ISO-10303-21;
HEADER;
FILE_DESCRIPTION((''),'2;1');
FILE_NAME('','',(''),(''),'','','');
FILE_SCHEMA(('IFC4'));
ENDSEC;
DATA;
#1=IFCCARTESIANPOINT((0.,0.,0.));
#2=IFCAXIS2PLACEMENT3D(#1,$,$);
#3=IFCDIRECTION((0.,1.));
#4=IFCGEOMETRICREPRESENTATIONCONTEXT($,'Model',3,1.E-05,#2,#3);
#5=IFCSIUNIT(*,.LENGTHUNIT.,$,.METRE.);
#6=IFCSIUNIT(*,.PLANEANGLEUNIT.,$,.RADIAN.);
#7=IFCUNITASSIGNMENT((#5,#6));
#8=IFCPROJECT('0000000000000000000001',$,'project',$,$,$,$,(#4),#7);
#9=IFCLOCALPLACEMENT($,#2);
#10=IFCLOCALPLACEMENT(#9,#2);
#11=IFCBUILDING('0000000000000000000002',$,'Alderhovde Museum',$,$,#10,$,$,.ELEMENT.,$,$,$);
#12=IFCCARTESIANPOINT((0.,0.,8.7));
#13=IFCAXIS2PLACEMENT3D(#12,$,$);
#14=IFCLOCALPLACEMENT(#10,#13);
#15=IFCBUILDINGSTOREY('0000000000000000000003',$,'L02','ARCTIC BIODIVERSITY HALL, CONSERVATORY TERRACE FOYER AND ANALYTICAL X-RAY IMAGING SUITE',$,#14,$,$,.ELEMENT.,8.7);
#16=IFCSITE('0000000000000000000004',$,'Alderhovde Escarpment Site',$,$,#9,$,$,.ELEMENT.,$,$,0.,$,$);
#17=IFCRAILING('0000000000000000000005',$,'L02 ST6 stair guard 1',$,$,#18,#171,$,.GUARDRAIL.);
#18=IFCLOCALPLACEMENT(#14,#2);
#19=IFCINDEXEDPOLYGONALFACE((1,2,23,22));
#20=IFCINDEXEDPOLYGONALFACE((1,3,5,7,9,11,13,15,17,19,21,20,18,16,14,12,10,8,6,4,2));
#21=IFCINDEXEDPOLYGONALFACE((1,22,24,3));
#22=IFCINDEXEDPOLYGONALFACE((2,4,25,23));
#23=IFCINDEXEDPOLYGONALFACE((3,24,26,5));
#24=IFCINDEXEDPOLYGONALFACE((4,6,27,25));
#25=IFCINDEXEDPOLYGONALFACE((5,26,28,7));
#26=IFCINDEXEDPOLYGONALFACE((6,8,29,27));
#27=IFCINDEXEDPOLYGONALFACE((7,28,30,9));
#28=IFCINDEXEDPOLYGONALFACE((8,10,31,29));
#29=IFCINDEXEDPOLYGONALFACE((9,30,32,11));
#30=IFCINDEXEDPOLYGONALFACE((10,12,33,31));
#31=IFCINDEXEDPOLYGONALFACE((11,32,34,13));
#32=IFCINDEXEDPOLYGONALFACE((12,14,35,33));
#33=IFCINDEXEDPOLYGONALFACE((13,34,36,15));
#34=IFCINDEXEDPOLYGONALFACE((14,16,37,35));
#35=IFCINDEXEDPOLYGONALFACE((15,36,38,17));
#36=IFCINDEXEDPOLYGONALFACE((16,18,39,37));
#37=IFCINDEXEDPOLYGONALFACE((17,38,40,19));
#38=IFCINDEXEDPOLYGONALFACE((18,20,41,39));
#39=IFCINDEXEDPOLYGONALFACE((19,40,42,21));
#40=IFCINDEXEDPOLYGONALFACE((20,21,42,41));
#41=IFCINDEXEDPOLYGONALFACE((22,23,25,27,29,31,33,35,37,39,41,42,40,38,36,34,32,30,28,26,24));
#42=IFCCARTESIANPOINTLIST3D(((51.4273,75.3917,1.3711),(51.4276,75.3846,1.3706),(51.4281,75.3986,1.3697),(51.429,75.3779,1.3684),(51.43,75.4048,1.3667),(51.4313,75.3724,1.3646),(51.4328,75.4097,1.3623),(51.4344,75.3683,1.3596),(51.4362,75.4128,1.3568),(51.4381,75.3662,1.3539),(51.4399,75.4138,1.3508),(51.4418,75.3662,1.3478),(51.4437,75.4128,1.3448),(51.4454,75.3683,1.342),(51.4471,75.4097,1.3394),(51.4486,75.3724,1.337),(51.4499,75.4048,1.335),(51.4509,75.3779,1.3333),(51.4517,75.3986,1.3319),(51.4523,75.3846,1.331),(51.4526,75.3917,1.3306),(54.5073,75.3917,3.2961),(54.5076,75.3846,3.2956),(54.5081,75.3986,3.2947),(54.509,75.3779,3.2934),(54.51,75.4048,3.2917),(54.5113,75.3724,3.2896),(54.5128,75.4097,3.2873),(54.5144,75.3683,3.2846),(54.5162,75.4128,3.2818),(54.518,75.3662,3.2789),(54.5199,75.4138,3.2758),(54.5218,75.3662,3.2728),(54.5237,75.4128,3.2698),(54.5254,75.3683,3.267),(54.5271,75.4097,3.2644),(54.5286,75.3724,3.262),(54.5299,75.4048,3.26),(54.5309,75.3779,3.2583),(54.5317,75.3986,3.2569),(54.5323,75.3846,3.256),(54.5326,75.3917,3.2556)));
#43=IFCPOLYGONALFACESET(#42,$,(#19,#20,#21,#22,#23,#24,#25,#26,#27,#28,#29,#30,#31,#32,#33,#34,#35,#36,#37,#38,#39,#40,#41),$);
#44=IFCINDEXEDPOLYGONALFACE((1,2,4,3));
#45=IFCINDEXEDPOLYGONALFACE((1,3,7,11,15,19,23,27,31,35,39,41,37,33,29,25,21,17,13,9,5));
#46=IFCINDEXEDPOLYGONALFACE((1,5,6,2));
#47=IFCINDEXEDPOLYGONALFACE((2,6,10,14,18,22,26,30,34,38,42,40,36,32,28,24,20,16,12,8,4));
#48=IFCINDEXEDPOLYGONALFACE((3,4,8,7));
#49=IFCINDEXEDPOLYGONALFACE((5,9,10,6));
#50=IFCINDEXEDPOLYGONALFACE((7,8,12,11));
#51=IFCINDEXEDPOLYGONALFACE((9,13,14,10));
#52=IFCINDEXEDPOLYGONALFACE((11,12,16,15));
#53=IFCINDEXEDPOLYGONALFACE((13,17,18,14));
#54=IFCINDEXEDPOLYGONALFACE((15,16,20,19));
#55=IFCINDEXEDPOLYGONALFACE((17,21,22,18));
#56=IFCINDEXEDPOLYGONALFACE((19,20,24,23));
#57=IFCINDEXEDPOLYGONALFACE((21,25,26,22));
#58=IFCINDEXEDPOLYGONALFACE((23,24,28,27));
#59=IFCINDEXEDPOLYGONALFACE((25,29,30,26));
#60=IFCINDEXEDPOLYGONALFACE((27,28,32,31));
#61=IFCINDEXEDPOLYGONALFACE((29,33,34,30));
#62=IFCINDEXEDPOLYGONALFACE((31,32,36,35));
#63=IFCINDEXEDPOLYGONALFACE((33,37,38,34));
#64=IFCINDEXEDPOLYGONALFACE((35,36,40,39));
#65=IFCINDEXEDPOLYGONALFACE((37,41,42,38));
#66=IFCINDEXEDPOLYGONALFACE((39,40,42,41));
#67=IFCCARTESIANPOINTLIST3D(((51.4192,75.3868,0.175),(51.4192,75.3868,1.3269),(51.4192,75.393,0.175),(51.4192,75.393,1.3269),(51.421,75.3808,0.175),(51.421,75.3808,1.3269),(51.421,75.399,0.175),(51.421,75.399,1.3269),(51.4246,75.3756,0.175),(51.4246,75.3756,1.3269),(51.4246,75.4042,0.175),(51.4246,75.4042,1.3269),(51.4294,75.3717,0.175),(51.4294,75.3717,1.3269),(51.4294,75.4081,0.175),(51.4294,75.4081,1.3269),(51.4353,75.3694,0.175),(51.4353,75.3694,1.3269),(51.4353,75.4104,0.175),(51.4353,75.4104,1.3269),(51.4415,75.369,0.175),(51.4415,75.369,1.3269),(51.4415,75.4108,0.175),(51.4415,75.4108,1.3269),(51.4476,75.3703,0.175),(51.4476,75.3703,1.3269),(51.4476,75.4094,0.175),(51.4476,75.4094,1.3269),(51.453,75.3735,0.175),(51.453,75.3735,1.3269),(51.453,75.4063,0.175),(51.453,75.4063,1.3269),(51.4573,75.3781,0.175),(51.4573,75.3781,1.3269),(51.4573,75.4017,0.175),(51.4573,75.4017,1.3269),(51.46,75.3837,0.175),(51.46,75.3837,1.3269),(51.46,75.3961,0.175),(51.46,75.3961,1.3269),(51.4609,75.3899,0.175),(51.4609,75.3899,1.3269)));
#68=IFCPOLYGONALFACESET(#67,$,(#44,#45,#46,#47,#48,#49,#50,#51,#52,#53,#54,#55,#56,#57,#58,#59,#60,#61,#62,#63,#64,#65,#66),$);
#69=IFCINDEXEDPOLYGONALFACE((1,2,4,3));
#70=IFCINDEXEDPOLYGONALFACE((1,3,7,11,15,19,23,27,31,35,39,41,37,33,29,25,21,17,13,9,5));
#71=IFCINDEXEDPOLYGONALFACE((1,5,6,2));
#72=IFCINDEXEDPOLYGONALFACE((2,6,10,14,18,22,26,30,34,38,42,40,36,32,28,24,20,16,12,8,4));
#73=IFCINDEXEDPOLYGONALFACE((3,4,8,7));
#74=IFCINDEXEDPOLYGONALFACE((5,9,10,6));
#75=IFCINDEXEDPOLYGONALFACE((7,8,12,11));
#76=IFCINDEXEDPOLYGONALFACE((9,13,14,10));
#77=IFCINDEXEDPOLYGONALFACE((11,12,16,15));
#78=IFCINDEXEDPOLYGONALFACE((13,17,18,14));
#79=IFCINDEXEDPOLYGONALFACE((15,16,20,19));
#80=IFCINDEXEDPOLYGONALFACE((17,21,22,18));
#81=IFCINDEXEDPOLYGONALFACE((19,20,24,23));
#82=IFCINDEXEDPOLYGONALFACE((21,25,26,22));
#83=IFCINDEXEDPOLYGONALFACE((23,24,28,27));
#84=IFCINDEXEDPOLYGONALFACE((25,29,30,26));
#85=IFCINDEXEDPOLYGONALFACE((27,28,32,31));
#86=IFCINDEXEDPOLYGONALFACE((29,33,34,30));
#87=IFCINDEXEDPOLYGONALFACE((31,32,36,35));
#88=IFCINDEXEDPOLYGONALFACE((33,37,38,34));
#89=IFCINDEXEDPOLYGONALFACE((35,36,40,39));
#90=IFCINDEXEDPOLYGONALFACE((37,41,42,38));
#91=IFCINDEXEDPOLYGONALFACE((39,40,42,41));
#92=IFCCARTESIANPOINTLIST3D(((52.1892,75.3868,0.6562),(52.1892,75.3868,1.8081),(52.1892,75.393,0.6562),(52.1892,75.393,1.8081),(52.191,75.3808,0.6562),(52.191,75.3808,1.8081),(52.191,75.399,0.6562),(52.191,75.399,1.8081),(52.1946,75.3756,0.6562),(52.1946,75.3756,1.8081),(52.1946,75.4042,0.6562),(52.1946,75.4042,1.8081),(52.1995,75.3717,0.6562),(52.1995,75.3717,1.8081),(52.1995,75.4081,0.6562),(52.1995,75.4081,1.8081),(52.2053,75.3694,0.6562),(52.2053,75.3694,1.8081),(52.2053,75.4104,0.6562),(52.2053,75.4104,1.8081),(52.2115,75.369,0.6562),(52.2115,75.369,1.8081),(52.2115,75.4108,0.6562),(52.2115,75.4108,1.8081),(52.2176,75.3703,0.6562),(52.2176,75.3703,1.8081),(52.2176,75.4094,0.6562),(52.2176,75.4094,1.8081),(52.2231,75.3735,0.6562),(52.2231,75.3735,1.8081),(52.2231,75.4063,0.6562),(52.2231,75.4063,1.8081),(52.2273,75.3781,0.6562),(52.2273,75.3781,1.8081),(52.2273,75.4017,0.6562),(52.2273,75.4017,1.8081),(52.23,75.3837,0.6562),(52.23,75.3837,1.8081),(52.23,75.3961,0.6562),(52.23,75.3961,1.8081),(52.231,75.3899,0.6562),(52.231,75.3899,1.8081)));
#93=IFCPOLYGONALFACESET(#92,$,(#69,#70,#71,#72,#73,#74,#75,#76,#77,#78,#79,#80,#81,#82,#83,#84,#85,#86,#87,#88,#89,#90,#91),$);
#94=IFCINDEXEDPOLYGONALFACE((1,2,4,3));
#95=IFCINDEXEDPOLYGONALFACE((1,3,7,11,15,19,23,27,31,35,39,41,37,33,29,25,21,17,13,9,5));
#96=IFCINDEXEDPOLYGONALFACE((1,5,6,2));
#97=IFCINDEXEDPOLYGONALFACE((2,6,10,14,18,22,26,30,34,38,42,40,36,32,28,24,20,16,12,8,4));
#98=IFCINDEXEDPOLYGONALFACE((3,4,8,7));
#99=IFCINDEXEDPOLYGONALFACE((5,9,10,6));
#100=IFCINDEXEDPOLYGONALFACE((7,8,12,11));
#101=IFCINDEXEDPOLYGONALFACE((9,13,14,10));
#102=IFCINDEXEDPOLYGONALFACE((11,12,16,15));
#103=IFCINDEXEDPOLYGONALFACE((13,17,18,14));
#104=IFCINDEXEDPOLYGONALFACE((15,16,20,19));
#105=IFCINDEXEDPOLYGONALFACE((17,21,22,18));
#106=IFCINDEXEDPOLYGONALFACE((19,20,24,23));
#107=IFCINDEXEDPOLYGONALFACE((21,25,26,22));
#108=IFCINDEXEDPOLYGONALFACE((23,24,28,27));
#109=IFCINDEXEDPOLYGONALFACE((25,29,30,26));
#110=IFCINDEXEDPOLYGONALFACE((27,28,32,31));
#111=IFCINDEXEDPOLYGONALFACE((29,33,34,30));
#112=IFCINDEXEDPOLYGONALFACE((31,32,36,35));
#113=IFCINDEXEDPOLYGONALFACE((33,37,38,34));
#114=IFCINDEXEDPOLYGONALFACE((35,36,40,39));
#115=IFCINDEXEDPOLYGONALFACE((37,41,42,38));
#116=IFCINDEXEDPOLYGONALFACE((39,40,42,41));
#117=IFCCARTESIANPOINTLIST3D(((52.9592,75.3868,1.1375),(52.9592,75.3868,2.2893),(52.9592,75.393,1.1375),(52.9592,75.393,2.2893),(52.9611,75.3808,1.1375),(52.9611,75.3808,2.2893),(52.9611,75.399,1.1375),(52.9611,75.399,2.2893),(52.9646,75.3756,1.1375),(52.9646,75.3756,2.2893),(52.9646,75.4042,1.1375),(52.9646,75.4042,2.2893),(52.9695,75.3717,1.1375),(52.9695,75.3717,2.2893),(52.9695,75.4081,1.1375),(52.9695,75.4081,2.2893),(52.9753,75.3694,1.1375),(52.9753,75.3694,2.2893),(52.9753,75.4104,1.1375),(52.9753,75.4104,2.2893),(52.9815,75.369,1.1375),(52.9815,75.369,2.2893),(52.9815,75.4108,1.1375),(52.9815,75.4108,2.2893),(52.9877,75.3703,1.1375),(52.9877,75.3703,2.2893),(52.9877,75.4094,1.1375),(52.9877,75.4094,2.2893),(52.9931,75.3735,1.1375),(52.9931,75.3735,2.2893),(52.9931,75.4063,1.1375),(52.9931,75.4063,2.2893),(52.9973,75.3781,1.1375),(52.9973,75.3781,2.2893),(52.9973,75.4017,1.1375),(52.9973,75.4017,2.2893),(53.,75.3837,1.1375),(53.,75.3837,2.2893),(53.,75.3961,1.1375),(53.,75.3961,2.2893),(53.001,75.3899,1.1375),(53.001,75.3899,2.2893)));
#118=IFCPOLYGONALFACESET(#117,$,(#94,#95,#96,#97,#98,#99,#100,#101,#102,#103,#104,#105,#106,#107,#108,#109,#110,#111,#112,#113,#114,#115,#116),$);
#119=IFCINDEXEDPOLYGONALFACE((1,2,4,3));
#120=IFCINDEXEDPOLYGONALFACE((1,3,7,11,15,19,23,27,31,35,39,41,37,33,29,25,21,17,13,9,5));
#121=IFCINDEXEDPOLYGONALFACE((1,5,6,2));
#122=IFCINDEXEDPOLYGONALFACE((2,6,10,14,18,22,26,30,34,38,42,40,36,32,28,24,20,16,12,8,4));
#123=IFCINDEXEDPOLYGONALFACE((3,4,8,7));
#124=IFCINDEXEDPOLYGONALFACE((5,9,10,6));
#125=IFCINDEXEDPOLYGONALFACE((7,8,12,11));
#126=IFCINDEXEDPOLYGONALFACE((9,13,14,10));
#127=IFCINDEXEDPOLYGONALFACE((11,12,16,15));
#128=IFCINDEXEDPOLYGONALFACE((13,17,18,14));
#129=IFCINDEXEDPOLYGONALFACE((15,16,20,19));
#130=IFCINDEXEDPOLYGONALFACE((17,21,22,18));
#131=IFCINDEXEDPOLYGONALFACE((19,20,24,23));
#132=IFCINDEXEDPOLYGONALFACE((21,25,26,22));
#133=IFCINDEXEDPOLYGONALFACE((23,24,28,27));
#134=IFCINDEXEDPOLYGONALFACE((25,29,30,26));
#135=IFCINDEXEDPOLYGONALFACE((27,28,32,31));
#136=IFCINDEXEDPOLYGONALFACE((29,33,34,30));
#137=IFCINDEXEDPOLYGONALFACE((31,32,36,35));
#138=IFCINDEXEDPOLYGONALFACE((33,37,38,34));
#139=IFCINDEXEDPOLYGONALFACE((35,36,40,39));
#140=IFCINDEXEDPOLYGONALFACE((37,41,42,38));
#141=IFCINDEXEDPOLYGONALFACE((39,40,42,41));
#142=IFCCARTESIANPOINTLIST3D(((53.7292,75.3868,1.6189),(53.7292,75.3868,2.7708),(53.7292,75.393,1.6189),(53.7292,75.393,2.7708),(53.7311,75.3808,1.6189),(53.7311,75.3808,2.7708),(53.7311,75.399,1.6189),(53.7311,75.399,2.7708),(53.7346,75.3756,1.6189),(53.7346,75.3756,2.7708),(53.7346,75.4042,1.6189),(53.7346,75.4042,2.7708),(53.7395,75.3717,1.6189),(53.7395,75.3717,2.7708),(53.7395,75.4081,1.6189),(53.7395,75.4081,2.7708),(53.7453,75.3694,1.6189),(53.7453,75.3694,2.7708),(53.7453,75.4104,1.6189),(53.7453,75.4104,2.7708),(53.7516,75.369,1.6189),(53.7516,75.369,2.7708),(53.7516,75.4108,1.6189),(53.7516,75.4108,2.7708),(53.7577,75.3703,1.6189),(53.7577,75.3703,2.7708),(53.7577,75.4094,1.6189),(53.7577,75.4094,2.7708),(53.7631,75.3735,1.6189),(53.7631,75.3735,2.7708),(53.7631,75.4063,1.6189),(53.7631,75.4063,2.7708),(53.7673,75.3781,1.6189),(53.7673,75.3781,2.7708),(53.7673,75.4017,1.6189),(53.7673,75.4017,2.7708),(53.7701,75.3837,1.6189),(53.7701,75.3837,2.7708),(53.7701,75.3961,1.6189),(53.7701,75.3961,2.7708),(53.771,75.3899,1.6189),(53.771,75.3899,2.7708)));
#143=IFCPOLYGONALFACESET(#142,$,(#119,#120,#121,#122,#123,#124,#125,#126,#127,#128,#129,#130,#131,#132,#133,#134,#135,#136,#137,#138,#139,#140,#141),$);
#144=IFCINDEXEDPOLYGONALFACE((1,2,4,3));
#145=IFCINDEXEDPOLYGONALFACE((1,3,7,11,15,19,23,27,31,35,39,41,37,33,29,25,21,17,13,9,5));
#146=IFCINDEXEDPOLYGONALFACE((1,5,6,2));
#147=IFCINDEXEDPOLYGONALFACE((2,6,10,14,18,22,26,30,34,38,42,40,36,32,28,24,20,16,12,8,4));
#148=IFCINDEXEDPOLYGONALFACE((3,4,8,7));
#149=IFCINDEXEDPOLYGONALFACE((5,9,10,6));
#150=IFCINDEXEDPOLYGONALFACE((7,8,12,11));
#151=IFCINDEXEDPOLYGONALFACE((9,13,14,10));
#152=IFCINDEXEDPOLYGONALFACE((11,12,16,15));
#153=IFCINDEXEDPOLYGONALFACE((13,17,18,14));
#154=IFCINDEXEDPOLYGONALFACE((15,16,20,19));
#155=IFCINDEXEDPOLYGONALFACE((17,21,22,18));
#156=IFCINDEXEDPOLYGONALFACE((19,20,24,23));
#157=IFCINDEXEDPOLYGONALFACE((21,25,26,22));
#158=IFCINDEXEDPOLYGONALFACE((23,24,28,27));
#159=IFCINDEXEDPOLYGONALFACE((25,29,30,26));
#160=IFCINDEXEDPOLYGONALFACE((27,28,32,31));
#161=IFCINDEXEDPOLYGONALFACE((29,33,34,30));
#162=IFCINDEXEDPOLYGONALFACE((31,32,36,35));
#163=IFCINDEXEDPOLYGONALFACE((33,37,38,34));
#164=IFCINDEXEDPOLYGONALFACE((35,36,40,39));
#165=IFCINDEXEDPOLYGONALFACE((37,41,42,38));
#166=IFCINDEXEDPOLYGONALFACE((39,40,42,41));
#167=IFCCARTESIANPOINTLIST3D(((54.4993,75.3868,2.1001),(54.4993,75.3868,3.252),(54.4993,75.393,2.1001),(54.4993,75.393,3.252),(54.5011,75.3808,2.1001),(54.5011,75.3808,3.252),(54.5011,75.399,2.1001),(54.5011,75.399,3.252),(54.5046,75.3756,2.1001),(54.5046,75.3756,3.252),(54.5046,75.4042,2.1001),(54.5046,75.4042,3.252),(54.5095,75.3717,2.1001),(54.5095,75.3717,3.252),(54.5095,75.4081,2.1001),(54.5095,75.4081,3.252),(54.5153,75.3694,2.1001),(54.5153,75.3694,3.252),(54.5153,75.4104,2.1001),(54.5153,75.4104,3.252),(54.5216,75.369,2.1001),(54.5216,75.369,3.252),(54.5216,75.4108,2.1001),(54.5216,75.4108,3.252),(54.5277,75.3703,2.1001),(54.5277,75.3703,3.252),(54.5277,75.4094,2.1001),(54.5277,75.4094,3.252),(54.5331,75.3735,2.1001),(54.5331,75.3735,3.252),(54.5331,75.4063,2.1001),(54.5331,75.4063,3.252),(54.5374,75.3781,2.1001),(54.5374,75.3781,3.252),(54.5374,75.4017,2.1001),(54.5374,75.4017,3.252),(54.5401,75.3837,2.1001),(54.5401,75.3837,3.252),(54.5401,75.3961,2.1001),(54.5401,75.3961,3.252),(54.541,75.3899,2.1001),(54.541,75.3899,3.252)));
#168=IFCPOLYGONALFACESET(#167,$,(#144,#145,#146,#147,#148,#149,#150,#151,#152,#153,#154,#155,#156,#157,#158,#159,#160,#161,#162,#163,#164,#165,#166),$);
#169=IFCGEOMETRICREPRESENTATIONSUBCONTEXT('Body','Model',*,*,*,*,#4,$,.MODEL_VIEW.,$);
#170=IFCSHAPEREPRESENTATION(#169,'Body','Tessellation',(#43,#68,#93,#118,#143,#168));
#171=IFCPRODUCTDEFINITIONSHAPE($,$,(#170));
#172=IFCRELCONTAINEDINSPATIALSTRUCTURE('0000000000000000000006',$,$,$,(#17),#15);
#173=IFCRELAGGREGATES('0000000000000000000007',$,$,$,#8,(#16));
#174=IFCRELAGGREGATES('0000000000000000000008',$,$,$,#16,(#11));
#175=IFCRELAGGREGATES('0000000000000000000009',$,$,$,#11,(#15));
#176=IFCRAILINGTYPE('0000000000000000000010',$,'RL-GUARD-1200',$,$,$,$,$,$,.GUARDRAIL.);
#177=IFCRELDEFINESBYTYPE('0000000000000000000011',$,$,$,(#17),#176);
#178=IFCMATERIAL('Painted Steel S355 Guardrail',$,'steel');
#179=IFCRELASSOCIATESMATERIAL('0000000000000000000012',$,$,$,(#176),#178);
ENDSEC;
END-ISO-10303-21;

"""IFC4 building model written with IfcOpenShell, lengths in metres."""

from ifc_helpers import new_model, si_unit, direction, frame, origin, origin_2d, place, context, subcontext, project, spatial, circle, extrude, material, type_object, element, save


model = new_model("IFC4")

# Units and contexts
model_context = context("Model", 3, precision=1e-05, world=origin(), true_north=direction((0.0, 1.0)))
body_context = subcontext(model_context, "Body", "Model", "MODEL_VIEW")
ifc_project = project(units=[si_unit("LENGTHUNIT", "METRE"), si_unit("PLANEANGLEUNIT", "RADIAN")], contexts=[model_context])

# Site, building, storey
site_placement = place(None, origin())
site = spatial("IfcSite", under=ifc_project, at=site_placement, Name="Alderhovde Escarpment Site", CompositionType="ELEMENT", RefElevation=0.0)
building_placement = place(site_placement, origin())
building = spatial("IfcBuilding", under=site, at=building_placement, Name="Alderhovde Museum", CompositionType="ELEMENT")
storey_placement = place(building_placement, frame((0.0, 0.0, 8.7)))
storey = spatial("IfcBuildingStorey", under=building, at=storey_placement, Name="L02", Description="ARCTIC BIODIVERSITY HALL, CONSERVATORY TERRACE FOYER AND ANALYTICAL X-RAY IMAGING SUITE", CompositionType="ELEMENT", Elevation=8.7)

# Railing
ifc_material_1 = material(Name="Painted Steel S355 Guardrail", Category="steel")
railing_type_1 = type_object("IfcRailingType", Name="RL-GUARD-1200", PredefinedType="GUARDRAIL", material=ifc_material_1)
railing_1_placement = place(storey_placement, frame((51.4399, 75.3899, 0.175)))
element("IfcRailing", 1, at=railing_1_placement, inside=storey, type_object=railing_type_1, Name="L02 ST6 stair guard 1", PredefinedType="GUARDRAIL", context=body_context, shape_type="SweptSolid", body=[
    extrude(circle(Radius=0.0239, at=origin_2d()), frame((0.0, 0.0, 1.1758), z_axis=(0.847998, 0.0, 0.529999), x_axis=(0.0, 1.0, 0.0)), (0.0, 0.0, 1.0), 3.6321),
    extrude(circle(Radius=0.021, at=origin_2d()), origin(), (0.0, 0.0, 1.0), 1.1519),
    extrude(circle(Radius=0.021, at=origin_2d()), frame((0.77, 0.0, 0.4812)), (0.0, 0.0, 1.0), 1.1519),
    extrude(circle(Radius=0.021, at=origin_2d()), frame((1.54, 0.0, 0.9624)), (0.0, 0.0, 1.0), 1.1519),
    extrude(circle(Radius=0.021, at=origin_2d()), frame((2.3101, 0.0, 1.4438)), (0.0, 0.0, 1.0), 1.1519),
    extrude(circle(Radius=0.021, at=origin_2d()), frame((3.0801, 0.0, 1.925)), (0.0, 0.0, 1.0), 1.1519),
])

save(model, "model.ifc")
